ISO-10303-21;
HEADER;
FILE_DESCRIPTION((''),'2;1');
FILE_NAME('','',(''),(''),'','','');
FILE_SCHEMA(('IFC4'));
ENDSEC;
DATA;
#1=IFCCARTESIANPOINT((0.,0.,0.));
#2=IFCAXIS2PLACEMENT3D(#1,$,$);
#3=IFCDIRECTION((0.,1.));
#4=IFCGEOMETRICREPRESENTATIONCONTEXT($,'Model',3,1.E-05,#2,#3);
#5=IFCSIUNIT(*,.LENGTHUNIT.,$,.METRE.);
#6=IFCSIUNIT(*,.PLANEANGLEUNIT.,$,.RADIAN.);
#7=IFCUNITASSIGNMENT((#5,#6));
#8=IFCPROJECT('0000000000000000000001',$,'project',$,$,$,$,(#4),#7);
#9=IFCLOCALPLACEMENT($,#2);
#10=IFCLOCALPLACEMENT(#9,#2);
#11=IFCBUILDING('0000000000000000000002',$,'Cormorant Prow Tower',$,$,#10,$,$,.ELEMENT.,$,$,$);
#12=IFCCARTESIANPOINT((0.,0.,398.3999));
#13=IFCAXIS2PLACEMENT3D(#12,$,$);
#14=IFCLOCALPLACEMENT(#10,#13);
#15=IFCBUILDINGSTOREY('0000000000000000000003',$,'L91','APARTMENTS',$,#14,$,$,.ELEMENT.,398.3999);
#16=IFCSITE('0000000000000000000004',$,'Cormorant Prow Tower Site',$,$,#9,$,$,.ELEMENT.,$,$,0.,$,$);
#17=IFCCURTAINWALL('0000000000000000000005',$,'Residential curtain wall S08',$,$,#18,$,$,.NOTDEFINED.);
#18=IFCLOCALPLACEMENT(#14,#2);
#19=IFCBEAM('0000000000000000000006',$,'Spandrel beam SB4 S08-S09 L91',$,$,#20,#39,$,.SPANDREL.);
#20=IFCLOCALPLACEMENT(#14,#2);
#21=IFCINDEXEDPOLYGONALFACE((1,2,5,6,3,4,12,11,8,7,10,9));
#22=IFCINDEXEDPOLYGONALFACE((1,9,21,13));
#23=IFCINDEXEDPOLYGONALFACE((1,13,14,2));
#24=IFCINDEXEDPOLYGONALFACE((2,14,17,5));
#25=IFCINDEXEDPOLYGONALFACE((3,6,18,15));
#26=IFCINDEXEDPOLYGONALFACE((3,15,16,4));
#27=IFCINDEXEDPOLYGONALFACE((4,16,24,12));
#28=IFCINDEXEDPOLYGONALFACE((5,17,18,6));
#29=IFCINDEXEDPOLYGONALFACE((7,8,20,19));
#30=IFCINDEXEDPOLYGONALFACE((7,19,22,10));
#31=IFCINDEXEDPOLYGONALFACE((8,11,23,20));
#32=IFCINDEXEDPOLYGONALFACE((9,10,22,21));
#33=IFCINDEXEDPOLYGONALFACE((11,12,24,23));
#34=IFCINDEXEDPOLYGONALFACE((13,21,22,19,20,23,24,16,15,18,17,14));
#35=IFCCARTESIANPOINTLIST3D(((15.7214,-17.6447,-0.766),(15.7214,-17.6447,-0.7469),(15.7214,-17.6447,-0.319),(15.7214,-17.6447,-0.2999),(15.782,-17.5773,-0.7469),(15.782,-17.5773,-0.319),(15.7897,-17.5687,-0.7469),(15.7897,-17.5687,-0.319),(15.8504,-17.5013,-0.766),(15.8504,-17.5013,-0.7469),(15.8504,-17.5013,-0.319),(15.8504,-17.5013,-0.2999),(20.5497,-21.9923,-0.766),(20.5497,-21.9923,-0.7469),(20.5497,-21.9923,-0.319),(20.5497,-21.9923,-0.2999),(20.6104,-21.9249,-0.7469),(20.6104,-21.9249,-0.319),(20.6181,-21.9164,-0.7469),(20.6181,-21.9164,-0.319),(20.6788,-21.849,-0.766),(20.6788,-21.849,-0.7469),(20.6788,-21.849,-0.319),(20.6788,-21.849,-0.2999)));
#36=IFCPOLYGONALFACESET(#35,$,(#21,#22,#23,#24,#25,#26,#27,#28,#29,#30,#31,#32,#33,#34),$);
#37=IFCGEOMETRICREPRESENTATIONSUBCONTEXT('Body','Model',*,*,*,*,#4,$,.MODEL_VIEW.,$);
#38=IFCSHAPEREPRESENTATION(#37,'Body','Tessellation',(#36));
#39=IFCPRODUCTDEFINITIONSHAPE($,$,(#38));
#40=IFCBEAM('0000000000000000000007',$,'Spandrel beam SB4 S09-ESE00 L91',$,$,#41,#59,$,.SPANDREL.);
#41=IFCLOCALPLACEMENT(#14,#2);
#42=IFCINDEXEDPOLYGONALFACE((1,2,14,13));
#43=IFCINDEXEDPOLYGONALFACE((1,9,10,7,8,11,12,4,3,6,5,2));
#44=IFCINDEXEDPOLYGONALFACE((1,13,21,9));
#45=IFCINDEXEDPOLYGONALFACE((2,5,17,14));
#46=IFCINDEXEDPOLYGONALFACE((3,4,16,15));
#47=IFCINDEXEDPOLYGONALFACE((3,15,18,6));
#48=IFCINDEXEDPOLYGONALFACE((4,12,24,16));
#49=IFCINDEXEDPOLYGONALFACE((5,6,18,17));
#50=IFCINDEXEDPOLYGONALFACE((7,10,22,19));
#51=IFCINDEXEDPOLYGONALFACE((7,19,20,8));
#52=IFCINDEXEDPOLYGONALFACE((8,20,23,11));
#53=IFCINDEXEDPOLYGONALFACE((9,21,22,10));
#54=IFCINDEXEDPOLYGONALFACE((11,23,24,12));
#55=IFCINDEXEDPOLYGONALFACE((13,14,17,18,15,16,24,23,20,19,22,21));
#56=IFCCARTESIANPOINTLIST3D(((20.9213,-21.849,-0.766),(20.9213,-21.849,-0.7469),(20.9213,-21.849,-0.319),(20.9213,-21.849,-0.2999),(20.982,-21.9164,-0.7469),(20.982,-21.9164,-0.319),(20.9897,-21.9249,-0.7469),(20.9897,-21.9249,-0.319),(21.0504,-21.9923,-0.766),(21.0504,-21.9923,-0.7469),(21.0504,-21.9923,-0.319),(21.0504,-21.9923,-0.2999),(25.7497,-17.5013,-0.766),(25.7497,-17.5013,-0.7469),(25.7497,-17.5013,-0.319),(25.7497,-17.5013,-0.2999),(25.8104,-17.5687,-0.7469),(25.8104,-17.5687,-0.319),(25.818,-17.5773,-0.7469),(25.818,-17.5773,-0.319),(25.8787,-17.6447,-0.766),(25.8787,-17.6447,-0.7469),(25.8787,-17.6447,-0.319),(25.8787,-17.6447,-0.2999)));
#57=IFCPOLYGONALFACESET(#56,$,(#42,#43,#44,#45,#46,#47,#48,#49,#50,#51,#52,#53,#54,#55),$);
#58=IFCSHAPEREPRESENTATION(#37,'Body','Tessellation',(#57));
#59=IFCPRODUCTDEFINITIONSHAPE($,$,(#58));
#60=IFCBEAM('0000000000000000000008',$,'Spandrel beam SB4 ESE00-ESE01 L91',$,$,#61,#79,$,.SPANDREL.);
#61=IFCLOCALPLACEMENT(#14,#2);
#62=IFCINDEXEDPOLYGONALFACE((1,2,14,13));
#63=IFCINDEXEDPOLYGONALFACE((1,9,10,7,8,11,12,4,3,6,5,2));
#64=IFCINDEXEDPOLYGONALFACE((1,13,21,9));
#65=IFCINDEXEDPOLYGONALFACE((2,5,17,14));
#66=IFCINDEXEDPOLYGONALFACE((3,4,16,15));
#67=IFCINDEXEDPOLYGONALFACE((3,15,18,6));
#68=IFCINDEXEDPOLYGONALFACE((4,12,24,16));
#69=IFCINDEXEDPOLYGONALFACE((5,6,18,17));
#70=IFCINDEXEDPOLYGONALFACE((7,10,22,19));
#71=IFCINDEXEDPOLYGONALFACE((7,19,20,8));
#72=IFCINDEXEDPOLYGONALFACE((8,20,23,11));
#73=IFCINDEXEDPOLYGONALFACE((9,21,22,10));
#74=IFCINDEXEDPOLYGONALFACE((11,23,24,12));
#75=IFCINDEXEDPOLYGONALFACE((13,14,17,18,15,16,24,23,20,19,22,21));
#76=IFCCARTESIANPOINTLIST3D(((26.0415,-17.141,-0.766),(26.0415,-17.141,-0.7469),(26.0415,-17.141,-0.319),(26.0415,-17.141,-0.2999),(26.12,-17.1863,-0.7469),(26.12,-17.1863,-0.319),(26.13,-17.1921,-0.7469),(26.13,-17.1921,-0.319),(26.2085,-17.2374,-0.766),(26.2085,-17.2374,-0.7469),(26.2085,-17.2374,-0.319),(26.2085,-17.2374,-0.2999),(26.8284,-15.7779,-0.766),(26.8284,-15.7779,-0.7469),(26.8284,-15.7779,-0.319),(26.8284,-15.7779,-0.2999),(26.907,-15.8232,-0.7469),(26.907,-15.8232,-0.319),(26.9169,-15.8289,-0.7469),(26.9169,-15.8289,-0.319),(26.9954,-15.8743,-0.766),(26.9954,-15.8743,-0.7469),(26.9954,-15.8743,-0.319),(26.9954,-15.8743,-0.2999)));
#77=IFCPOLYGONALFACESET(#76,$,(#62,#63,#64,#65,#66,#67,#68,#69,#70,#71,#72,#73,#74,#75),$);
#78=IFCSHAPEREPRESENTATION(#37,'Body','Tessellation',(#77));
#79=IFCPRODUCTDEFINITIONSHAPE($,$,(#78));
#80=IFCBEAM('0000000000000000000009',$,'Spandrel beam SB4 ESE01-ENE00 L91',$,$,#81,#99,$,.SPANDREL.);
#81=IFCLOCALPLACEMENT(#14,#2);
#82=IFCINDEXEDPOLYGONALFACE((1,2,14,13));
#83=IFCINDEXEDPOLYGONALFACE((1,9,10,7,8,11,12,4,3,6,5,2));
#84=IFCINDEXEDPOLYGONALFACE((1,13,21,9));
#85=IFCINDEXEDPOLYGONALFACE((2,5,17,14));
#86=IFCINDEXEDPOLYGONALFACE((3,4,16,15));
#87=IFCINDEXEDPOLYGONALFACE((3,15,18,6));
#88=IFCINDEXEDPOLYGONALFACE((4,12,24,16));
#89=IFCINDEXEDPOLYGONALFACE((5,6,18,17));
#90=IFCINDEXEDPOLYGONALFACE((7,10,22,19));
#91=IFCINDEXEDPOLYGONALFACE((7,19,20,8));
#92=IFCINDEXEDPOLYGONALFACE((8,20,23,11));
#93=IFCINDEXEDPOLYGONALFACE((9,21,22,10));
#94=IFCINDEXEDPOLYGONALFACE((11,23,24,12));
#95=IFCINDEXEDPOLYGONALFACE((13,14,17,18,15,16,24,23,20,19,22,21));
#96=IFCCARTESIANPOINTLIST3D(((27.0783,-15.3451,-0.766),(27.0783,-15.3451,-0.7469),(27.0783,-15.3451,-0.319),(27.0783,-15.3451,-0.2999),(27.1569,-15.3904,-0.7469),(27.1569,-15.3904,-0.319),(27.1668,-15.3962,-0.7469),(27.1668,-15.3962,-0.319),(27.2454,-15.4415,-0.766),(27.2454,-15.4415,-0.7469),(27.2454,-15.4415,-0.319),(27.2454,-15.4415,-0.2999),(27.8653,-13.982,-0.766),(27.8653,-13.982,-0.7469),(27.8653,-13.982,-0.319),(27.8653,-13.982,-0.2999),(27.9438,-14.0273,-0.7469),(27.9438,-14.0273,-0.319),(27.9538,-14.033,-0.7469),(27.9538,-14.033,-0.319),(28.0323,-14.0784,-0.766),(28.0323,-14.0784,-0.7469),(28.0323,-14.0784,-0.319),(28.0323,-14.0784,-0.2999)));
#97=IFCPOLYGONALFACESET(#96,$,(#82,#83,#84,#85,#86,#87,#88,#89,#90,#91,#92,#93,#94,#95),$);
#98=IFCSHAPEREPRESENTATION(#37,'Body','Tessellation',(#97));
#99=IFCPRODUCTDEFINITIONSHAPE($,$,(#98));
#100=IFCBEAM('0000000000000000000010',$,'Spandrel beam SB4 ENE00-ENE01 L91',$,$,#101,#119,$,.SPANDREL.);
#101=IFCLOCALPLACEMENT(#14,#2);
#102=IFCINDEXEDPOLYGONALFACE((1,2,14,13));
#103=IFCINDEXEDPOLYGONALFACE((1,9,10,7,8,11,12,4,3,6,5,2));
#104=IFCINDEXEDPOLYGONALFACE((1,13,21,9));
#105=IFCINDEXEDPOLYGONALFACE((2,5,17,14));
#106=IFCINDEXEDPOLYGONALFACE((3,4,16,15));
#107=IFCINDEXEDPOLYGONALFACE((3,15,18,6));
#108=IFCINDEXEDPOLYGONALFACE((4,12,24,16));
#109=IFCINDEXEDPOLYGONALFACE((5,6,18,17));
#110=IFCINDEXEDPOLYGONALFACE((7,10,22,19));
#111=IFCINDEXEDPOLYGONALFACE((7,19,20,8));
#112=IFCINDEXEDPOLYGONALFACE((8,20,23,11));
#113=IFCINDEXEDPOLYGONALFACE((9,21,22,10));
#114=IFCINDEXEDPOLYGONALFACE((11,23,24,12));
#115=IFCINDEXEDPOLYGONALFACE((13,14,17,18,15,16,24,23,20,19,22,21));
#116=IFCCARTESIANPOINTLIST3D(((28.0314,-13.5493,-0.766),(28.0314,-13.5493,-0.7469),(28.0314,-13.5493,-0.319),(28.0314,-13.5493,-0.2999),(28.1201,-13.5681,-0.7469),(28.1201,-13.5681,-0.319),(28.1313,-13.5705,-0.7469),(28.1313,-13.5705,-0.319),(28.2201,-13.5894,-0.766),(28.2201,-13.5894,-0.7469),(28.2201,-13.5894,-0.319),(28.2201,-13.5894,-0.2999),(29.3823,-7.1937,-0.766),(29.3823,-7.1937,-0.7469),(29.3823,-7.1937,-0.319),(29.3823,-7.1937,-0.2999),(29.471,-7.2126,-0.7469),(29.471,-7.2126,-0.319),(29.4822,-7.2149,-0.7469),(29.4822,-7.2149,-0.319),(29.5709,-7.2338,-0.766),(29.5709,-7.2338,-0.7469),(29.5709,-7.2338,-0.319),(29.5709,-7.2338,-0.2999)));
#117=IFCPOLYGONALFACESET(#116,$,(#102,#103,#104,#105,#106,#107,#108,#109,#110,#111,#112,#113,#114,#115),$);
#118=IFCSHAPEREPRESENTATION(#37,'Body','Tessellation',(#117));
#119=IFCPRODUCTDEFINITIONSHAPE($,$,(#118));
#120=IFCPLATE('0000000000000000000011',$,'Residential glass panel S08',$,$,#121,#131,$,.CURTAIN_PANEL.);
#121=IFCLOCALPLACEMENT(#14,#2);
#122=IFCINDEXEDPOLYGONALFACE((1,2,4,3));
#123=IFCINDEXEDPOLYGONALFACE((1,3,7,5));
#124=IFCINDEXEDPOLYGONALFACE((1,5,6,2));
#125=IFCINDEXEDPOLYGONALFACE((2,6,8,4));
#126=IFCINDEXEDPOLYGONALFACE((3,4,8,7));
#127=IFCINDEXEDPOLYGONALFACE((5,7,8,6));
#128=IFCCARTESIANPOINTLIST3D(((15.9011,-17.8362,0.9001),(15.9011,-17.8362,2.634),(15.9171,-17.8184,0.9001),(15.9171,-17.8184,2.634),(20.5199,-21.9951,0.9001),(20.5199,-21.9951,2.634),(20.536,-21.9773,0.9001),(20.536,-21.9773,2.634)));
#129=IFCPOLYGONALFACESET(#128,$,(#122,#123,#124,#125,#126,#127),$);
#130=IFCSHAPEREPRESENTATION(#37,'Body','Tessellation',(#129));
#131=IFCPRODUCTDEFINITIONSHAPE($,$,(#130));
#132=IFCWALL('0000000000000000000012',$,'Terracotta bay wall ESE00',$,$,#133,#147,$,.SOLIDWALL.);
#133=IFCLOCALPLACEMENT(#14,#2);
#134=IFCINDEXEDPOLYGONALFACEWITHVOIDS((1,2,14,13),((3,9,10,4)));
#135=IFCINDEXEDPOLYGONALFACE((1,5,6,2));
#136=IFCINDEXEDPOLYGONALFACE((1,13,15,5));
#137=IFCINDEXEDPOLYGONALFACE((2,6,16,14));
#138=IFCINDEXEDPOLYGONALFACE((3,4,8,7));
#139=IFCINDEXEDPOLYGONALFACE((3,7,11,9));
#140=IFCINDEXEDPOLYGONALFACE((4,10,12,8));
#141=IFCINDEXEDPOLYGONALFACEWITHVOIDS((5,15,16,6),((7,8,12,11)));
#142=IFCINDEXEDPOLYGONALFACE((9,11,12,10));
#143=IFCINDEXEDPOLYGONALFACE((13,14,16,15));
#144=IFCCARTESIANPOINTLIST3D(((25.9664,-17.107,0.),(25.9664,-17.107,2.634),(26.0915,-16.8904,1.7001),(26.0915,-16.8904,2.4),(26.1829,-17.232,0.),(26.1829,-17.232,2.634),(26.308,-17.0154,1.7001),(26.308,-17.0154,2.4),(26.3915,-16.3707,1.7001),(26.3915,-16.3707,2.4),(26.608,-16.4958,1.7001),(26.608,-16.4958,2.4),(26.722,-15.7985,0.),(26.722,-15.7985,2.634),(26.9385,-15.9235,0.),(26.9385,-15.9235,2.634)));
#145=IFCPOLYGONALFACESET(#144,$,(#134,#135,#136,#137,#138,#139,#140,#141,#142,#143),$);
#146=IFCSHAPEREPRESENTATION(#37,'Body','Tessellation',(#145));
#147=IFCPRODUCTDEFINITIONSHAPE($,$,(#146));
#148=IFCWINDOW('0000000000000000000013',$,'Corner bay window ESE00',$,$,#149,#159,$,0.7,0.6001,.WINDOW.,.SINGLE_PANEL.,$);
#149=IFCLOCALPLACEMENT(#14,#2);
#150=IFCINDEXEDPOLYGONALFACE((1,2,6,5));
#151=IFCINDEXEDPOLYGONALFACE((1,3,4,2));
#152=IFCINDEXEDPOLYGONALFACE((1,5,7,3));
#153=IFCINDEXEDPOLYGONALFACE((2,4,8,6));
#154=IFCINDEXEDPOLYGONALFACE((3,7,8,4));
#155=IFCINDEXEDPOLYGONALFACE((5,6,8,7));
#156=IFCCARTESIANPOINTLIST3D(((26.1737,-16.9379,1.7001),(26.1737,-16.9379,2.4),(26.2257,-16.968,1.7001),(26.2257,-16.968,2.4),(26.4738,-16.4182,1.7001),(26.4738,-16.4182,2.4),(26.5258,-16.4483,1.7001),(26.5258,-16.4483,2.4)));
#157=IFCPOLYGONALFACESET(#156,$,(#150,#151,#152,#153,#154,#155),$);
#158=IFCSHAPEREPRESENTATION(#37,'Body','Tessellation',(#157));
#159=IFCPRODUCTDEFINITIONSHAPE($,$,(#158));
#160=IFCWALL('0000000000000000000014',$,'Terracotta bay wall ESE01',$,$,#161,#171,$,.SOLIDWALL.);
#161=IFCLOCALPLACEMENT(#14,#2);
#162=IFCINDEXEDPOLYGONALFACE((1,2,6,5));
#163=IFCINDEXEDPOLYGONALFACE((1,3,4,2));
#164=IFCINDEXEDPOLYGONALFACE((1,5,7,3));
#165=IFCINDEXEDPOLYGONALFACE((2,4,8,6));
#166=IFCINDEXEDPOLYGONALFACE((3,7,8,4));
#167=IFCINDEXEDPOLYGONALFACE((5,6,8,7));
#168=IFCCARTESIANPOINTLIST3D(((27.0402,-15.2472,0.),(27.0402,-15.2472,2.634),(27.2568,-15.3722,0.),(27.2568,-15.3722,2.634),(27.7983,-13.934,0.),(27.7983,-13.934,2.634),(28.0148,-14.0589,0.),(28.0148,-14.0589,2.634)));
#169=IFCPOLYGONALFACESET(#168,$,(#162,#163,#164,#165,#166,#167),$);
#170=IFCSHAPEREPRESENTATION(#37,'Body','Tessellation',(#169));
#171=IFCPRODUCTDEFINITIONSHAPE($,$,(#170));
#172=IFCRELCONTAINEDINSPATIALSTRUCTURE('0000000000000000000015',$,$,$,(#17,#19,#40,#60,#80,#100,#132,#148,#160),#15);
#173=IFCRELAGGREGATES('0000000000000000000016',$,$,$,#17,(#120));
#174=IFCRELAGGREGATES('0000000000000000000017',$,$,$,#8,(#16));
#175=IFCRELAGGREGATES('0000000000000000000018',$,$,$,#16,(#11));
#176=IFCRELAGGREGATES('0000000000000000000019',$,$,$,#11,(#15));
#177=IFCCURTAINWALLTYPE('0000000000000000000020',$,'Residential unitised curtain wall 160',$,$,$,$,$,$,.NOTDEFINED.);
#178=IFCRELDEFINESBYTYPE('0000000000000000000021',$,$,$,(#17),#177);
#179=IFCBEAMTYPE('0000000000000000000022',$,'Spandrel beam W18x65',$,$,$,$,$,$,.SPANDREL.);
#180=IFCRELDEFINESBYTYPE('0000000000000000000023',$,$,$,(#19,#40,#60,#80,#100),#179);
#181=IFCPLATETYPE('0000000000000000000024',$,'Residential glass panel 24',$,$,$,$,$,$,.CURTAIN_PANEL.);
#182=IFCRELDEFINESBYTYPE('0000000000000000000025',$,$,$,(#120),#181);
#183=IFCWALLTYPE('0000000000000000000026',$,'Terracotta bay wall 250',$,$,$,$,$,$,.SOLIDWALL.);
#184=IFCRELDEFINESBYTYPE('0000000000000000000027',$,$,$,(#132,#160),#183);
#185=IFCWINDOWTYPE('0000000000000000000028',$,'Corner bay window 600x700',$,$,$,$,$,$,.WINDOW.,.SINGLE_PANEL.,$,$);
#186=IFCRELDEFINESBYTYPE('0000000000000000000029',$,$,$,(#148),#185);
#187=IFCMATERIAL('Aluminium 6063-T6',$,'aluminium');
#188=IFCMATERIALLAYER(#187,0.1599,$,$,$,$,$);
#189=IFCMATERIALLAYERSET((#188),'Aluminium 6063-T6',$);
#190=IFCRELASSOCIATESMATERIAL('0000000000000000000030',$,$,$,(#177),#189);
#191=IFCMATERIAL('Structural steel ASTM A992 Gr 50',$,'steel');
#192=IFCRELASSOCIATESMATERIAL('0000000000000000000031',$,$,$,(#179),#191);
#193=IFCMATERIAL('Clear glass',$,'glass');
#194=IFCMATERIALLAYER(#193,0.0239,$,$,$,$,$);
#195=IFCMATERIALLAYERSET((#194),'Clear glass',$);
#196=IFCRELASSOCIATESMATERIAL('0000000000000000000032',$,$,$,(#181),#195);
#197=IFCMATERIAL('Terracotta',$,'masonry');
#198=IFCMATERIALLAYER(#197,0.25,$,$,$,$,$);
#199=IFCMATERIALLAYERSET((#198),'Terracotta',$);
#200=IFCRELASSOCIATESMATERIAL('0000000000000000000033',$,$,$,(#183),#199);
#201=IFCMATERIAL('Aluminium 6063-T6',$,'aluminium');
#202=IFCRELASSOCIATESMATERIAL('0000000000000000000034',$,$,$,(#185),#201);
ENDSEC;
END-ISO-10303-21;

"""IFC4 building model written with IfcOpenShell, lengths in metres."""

from ifc_helpers import new_model, si_unit, direction, frame, frame_2d, origin, origin_2d, place, context, subcontext, project, spatial, rectangle, i_section, extrude, material, layer, layer_set, material_profile, profile_set, type_object, element, fill, aggregate, save


model = new_model("IFC4")

# Units and contexts
model_context = context("Model", 3, precision=1e-05, world=origin(), true_north=direction((0.0, 1.0)))
body_context = subcontext(model_context, "Body", "Model", "MODEL_VIEW")
ifc_project = project(units=[si_unit("LENGTHUNIT", "METRE"), si_unit("PLANEANGLEUNIT", "RADIAN")], contexts=[model_context])

# Site, building, storey
site_placement = place(None, origin())
site = spatial("IfcSite", under=ifc_project, at=site_placement, Name="Cormorant Prow Tower Site", CompositionType="ELEMENT", RefElevation=0.0)
building_placement = place(site_placement, origin())
building = spatial("IfcBuilding", under=site, at=building_placement, Name="Cormorant Prow Tower", CompositionType="ELEMENT")
storey_placement = place(building_placement, frame((0.0, 0.0, 398.3999)))
storey = spatial("IfcBuildingStorey", under=building, at=storey_placement, Name="L91", Description="APARTMENTS", CompositionType="ELEMENT", Elevation=398.3999)

# Curtain wall
ifc_material_1 = material(Name="Aluminium 6063-T6", Category="aluminium")
ifc_layer_1 = layer(ifc_material_1, 0.1599)
ifc_layer_set_1 = layer_set([ifc_layer_1], Name="Aluminium 6063-T6")
curtain_wall_type = type_object("IfcCurtainWallType", Name="Residential unitised curtain wall 160", PredefinedType="NOTDEFINED", material=ifc_layer_set_1)
curtain_wall_1_placement = place(storey_placement, origin())
curtain_wall_1 = element("IfcCurtainWall", 1, at=curtain_wall_1_placement, inside=storey, type_object=curtain_wall_type, Name="Residential curtain wall S08", PredefinedType="NOTDEFINED")

# Beams
ifc_material_2 = material(Name="Structural steel ASTM A992 Gr 50", Category="steel")
ifc_material_profile_1 = material_profile(ifc_material_2, i_section(OverallWidth=0.1929, OverallDepth=0.4661, WebThickness=0.0115, FlangeThickness=0.019, at=origin_2d()), Name="W18x65")
ifc_profile_set_1 = profile_set([ifc_material_profile_1], Name="Structural steel ASTM A992 Gr 50")
beam_type = type_object("IfcBeamType", Name="Spandrel beam W18x65", PredefinedType="SPANDREL", material=ifc_profile_set_1)
for number, where, z_axis, x_axis, name in (
    (2, (15.7859, -17.573, -0.533), (0.743132, -0.669145, 0.0), (0.669145, 0.743132, 0.0), "Spandrel beam SB4 S08-S09 L91"),
    (3, (20.9858, -21.9207, -0.533), (0.743132, 0.669145, 0.0), (-0.669145, 0.743132, 0.0), "Spandrel beam SB4 S09-ESE00 L91"),
):
    element("IfcBeam", number, at=place(storey_placement, frame(where, z_axis=z_axis, x_axis=x_axis)), inside=storey, type_object=beam_type, Name=name, PredefinedType="SPANDREL", context=body_context, shape_type="SweptSolid", body=[
        extrude(i_section(OverallWidth=0.1929, OverallDepth=0.4661, WebThickness=0.0115, FlangeThickness=0.019, at=origin_2d()), origin(), (0.0, 0.0, 1.0), 6.4973),
    ])
for number, where, z_axis, x_axis, name in (
    (4, (26.125, -17.1892, -0.533), (0.49996, 0.866049, 0.0), (-0.866049, 0.49996, 0.0), "Spandrel beam SB4 ESE00-ESE01 L91"),
    (5, (27.1619, -15.3933, -0.533), (0.49996, 0.866049, 0.0), (-0.866049, 0.49996, 0.0), "Spandrel beam SB4 ESE01-ENE00 L91"),
):
    element("IfcBeam", number, at=place(storey_placement, frame(where, z_axis=z_axis, x_axis=x_axis)), inside=storey, type_object=beam_type, Name=name, PredefinedType="SPANDREL", context=body_context, shape_type="SweptSolid", body=[
        extrude(i_section(OverallWidth=0.1929, OverallDepth=0.4661, WebThickness=0.0115, FlangeThickness=0.019, at=origin_2d()), origin(), (0.0, 0.0, 1.0), 1.574),
    ])
beam_placement = place(storey_placement, frame((28.1257, -13.5693, -0.533), z_axis=(0.207902, 0.97815, 0.0), x_axis=(-0.97815, 0.207902, 0.0)))
element("IfcBeam", 6, at=beam_placement, inside=storey, type_object=beam_type, Name="Spandrel beam SB4 ENE00-ENE01 L91", PredefinedType="SPANDREL", context=body_context, shape_type="SweptSolid", body=[
    extrude(i_section(OverallWidth=0.1929, OverallDepth=0.4661, WebThickness=0.0115, FlangeThickness=0.019, at=origin_2d()), origin(), (0.0, 0.0, 1.0), 6.4976),
])

# Plate
ifc_material_3 = material(Name="Clear glass", Category="glass")
ifc_layer_2 = layer(ifc_material_3, 0.0239)
ifc_layer_set_2 = layer_set([ifc_layer_2], Name="Clear glass")
plate_type = type_object("IfcPlateType", Name="Residential glass panel 24", PredefinedType="CURTAIN_PANEL", material=ifc_layer_set_2)
plate_placement = place(storey_placement, frame((18.2185, -19.9067, 0.9001), z_axis=(0.0, 0.0, 1.0), x_axis=(0.743145, -0.669131, 0.0)))
plate = element("IfcPlate", 7, at=plate_placement, type_object=plate_type, Name="Residential glass panel S08", PredefinedType="CURTAIN_PANEL", context=body_context, shape_type="SweptSolid", body=[
    extrude(rectangle(XDim=6.2153, YDim=0.0239, at=origin_2d()), origin(), (0.0, 0.0, 1.0), 1.7339),
])
aggregate(curtain_wall_1, [plate])

# Wall, opening, window
ifc_material_4 = material(Name="Terracotta", Category="masonry")
ifc_layer_3 = layer(ifc_material_4, 0.25)
ifc_layer_set_3 = layer_set([ifc_layer_3], Name="Terracotta")
wall_type_1 = type_object("IfcWallType", Name="Terracotta bay wall 250", PredefinedType="SOLIDWALL", material=ifc_layer_set_3)
wall_1_placement = place(storey_placement, frame((26.0747, -17.1694, 0.0), z_axis=(0.0, 0.0, 1.0), x_axis=(0.500049, 0.865997, 0.0)))
wall_1 = element("IfcWall", 8, at=wall_1_placement, inside=storey, type_object=wall_type_1, Name="Terracotta bay wall ESE00", PredefinedType="SOLIDWALL", context=body_context, shape_type="SweptSolid", body=[
    extrude(rectangle(XDim=1.511, YDim=0.25, at=frame_2d((0.7554, 0.0))), origin(), (0.0, 0.0, 1.0), 2.634),
])
opening_1_placement = place(wall_1_placement, frame((0.25, 0.0, 1.7)))
opening_1 = element("IfcOpeningElement", 9, at=opening_1_placement, cuts=wall_1, PredefinedType="OPENING", context=body_context, shape_type="SweptSolid", body=[
    extrude(rectangle(XDim=0.6001, YDim=0.7, at=frame_2d((0.3, 0.3501))), frame((0.0, 0.135, 0.0), z_axis=(0.0, -1.0, 0.0), x_axis=(1.0, 0.0, 0.0)), (0.0, 0.0, 1.0), 0.27),
])
ifc_material_5 = material(Name="Aluminium 6063-T6", Category="aluminium")
window_type = type_object("IfcWindowType", Name="Corner bay window 600x700", PartitioningType="SINGLE_PANEL", PredefinedType="WINDOW", material=ifc_material_5)
window_placement = place(opening_1_placement, origin())
window = element("IfcWindow", 10, at=window_placement, inside=storey, type_object=window_type, Name="Corner bay window ESE00", OverallHeight=0.7, OverallWidth=0.6001, PartitioningType="SINGLE_PANEL", PredefinedType="WINDOW", context=body_context, shape_type="SweptSolid", body=[
    extrude(rectangle(XDim=0.6001, YDim=0.7, at=frame_2d((0.3, 0.3501))), frame((0.0, 0.03, 0.0), z_axis=(0.0, -1.0, 0.0), x_axis=(1.0, 0.0, 0.0)), (0.0, 0.0, 1.0), 0.0601),
])
fill(opening_1, window)

# Wall
wall_2_placement = place(storey_placement, frame((27.1484, -15.3098, 0.0), z_axis=(0.0, 0.0, 1.0), x_axis=(0.499932, 0.866065, 0.0)))
element("IfcWall", 11, at=wall_2_placement, inside=storey, type_object=wall_type_1, Name="Terracotta bay wall ESE01", PredefinedType="SOLIDWALL", context=body_context, shape_type="SweptSolid", body=[
    extrude(rectangle(XDim=1.5164, YDim=0.25, at=frame_2d((0.7583, 0.0))), origin(), (0.0, 0.0, 1.0), 2.634),
])

save(model, "model.ifc")
